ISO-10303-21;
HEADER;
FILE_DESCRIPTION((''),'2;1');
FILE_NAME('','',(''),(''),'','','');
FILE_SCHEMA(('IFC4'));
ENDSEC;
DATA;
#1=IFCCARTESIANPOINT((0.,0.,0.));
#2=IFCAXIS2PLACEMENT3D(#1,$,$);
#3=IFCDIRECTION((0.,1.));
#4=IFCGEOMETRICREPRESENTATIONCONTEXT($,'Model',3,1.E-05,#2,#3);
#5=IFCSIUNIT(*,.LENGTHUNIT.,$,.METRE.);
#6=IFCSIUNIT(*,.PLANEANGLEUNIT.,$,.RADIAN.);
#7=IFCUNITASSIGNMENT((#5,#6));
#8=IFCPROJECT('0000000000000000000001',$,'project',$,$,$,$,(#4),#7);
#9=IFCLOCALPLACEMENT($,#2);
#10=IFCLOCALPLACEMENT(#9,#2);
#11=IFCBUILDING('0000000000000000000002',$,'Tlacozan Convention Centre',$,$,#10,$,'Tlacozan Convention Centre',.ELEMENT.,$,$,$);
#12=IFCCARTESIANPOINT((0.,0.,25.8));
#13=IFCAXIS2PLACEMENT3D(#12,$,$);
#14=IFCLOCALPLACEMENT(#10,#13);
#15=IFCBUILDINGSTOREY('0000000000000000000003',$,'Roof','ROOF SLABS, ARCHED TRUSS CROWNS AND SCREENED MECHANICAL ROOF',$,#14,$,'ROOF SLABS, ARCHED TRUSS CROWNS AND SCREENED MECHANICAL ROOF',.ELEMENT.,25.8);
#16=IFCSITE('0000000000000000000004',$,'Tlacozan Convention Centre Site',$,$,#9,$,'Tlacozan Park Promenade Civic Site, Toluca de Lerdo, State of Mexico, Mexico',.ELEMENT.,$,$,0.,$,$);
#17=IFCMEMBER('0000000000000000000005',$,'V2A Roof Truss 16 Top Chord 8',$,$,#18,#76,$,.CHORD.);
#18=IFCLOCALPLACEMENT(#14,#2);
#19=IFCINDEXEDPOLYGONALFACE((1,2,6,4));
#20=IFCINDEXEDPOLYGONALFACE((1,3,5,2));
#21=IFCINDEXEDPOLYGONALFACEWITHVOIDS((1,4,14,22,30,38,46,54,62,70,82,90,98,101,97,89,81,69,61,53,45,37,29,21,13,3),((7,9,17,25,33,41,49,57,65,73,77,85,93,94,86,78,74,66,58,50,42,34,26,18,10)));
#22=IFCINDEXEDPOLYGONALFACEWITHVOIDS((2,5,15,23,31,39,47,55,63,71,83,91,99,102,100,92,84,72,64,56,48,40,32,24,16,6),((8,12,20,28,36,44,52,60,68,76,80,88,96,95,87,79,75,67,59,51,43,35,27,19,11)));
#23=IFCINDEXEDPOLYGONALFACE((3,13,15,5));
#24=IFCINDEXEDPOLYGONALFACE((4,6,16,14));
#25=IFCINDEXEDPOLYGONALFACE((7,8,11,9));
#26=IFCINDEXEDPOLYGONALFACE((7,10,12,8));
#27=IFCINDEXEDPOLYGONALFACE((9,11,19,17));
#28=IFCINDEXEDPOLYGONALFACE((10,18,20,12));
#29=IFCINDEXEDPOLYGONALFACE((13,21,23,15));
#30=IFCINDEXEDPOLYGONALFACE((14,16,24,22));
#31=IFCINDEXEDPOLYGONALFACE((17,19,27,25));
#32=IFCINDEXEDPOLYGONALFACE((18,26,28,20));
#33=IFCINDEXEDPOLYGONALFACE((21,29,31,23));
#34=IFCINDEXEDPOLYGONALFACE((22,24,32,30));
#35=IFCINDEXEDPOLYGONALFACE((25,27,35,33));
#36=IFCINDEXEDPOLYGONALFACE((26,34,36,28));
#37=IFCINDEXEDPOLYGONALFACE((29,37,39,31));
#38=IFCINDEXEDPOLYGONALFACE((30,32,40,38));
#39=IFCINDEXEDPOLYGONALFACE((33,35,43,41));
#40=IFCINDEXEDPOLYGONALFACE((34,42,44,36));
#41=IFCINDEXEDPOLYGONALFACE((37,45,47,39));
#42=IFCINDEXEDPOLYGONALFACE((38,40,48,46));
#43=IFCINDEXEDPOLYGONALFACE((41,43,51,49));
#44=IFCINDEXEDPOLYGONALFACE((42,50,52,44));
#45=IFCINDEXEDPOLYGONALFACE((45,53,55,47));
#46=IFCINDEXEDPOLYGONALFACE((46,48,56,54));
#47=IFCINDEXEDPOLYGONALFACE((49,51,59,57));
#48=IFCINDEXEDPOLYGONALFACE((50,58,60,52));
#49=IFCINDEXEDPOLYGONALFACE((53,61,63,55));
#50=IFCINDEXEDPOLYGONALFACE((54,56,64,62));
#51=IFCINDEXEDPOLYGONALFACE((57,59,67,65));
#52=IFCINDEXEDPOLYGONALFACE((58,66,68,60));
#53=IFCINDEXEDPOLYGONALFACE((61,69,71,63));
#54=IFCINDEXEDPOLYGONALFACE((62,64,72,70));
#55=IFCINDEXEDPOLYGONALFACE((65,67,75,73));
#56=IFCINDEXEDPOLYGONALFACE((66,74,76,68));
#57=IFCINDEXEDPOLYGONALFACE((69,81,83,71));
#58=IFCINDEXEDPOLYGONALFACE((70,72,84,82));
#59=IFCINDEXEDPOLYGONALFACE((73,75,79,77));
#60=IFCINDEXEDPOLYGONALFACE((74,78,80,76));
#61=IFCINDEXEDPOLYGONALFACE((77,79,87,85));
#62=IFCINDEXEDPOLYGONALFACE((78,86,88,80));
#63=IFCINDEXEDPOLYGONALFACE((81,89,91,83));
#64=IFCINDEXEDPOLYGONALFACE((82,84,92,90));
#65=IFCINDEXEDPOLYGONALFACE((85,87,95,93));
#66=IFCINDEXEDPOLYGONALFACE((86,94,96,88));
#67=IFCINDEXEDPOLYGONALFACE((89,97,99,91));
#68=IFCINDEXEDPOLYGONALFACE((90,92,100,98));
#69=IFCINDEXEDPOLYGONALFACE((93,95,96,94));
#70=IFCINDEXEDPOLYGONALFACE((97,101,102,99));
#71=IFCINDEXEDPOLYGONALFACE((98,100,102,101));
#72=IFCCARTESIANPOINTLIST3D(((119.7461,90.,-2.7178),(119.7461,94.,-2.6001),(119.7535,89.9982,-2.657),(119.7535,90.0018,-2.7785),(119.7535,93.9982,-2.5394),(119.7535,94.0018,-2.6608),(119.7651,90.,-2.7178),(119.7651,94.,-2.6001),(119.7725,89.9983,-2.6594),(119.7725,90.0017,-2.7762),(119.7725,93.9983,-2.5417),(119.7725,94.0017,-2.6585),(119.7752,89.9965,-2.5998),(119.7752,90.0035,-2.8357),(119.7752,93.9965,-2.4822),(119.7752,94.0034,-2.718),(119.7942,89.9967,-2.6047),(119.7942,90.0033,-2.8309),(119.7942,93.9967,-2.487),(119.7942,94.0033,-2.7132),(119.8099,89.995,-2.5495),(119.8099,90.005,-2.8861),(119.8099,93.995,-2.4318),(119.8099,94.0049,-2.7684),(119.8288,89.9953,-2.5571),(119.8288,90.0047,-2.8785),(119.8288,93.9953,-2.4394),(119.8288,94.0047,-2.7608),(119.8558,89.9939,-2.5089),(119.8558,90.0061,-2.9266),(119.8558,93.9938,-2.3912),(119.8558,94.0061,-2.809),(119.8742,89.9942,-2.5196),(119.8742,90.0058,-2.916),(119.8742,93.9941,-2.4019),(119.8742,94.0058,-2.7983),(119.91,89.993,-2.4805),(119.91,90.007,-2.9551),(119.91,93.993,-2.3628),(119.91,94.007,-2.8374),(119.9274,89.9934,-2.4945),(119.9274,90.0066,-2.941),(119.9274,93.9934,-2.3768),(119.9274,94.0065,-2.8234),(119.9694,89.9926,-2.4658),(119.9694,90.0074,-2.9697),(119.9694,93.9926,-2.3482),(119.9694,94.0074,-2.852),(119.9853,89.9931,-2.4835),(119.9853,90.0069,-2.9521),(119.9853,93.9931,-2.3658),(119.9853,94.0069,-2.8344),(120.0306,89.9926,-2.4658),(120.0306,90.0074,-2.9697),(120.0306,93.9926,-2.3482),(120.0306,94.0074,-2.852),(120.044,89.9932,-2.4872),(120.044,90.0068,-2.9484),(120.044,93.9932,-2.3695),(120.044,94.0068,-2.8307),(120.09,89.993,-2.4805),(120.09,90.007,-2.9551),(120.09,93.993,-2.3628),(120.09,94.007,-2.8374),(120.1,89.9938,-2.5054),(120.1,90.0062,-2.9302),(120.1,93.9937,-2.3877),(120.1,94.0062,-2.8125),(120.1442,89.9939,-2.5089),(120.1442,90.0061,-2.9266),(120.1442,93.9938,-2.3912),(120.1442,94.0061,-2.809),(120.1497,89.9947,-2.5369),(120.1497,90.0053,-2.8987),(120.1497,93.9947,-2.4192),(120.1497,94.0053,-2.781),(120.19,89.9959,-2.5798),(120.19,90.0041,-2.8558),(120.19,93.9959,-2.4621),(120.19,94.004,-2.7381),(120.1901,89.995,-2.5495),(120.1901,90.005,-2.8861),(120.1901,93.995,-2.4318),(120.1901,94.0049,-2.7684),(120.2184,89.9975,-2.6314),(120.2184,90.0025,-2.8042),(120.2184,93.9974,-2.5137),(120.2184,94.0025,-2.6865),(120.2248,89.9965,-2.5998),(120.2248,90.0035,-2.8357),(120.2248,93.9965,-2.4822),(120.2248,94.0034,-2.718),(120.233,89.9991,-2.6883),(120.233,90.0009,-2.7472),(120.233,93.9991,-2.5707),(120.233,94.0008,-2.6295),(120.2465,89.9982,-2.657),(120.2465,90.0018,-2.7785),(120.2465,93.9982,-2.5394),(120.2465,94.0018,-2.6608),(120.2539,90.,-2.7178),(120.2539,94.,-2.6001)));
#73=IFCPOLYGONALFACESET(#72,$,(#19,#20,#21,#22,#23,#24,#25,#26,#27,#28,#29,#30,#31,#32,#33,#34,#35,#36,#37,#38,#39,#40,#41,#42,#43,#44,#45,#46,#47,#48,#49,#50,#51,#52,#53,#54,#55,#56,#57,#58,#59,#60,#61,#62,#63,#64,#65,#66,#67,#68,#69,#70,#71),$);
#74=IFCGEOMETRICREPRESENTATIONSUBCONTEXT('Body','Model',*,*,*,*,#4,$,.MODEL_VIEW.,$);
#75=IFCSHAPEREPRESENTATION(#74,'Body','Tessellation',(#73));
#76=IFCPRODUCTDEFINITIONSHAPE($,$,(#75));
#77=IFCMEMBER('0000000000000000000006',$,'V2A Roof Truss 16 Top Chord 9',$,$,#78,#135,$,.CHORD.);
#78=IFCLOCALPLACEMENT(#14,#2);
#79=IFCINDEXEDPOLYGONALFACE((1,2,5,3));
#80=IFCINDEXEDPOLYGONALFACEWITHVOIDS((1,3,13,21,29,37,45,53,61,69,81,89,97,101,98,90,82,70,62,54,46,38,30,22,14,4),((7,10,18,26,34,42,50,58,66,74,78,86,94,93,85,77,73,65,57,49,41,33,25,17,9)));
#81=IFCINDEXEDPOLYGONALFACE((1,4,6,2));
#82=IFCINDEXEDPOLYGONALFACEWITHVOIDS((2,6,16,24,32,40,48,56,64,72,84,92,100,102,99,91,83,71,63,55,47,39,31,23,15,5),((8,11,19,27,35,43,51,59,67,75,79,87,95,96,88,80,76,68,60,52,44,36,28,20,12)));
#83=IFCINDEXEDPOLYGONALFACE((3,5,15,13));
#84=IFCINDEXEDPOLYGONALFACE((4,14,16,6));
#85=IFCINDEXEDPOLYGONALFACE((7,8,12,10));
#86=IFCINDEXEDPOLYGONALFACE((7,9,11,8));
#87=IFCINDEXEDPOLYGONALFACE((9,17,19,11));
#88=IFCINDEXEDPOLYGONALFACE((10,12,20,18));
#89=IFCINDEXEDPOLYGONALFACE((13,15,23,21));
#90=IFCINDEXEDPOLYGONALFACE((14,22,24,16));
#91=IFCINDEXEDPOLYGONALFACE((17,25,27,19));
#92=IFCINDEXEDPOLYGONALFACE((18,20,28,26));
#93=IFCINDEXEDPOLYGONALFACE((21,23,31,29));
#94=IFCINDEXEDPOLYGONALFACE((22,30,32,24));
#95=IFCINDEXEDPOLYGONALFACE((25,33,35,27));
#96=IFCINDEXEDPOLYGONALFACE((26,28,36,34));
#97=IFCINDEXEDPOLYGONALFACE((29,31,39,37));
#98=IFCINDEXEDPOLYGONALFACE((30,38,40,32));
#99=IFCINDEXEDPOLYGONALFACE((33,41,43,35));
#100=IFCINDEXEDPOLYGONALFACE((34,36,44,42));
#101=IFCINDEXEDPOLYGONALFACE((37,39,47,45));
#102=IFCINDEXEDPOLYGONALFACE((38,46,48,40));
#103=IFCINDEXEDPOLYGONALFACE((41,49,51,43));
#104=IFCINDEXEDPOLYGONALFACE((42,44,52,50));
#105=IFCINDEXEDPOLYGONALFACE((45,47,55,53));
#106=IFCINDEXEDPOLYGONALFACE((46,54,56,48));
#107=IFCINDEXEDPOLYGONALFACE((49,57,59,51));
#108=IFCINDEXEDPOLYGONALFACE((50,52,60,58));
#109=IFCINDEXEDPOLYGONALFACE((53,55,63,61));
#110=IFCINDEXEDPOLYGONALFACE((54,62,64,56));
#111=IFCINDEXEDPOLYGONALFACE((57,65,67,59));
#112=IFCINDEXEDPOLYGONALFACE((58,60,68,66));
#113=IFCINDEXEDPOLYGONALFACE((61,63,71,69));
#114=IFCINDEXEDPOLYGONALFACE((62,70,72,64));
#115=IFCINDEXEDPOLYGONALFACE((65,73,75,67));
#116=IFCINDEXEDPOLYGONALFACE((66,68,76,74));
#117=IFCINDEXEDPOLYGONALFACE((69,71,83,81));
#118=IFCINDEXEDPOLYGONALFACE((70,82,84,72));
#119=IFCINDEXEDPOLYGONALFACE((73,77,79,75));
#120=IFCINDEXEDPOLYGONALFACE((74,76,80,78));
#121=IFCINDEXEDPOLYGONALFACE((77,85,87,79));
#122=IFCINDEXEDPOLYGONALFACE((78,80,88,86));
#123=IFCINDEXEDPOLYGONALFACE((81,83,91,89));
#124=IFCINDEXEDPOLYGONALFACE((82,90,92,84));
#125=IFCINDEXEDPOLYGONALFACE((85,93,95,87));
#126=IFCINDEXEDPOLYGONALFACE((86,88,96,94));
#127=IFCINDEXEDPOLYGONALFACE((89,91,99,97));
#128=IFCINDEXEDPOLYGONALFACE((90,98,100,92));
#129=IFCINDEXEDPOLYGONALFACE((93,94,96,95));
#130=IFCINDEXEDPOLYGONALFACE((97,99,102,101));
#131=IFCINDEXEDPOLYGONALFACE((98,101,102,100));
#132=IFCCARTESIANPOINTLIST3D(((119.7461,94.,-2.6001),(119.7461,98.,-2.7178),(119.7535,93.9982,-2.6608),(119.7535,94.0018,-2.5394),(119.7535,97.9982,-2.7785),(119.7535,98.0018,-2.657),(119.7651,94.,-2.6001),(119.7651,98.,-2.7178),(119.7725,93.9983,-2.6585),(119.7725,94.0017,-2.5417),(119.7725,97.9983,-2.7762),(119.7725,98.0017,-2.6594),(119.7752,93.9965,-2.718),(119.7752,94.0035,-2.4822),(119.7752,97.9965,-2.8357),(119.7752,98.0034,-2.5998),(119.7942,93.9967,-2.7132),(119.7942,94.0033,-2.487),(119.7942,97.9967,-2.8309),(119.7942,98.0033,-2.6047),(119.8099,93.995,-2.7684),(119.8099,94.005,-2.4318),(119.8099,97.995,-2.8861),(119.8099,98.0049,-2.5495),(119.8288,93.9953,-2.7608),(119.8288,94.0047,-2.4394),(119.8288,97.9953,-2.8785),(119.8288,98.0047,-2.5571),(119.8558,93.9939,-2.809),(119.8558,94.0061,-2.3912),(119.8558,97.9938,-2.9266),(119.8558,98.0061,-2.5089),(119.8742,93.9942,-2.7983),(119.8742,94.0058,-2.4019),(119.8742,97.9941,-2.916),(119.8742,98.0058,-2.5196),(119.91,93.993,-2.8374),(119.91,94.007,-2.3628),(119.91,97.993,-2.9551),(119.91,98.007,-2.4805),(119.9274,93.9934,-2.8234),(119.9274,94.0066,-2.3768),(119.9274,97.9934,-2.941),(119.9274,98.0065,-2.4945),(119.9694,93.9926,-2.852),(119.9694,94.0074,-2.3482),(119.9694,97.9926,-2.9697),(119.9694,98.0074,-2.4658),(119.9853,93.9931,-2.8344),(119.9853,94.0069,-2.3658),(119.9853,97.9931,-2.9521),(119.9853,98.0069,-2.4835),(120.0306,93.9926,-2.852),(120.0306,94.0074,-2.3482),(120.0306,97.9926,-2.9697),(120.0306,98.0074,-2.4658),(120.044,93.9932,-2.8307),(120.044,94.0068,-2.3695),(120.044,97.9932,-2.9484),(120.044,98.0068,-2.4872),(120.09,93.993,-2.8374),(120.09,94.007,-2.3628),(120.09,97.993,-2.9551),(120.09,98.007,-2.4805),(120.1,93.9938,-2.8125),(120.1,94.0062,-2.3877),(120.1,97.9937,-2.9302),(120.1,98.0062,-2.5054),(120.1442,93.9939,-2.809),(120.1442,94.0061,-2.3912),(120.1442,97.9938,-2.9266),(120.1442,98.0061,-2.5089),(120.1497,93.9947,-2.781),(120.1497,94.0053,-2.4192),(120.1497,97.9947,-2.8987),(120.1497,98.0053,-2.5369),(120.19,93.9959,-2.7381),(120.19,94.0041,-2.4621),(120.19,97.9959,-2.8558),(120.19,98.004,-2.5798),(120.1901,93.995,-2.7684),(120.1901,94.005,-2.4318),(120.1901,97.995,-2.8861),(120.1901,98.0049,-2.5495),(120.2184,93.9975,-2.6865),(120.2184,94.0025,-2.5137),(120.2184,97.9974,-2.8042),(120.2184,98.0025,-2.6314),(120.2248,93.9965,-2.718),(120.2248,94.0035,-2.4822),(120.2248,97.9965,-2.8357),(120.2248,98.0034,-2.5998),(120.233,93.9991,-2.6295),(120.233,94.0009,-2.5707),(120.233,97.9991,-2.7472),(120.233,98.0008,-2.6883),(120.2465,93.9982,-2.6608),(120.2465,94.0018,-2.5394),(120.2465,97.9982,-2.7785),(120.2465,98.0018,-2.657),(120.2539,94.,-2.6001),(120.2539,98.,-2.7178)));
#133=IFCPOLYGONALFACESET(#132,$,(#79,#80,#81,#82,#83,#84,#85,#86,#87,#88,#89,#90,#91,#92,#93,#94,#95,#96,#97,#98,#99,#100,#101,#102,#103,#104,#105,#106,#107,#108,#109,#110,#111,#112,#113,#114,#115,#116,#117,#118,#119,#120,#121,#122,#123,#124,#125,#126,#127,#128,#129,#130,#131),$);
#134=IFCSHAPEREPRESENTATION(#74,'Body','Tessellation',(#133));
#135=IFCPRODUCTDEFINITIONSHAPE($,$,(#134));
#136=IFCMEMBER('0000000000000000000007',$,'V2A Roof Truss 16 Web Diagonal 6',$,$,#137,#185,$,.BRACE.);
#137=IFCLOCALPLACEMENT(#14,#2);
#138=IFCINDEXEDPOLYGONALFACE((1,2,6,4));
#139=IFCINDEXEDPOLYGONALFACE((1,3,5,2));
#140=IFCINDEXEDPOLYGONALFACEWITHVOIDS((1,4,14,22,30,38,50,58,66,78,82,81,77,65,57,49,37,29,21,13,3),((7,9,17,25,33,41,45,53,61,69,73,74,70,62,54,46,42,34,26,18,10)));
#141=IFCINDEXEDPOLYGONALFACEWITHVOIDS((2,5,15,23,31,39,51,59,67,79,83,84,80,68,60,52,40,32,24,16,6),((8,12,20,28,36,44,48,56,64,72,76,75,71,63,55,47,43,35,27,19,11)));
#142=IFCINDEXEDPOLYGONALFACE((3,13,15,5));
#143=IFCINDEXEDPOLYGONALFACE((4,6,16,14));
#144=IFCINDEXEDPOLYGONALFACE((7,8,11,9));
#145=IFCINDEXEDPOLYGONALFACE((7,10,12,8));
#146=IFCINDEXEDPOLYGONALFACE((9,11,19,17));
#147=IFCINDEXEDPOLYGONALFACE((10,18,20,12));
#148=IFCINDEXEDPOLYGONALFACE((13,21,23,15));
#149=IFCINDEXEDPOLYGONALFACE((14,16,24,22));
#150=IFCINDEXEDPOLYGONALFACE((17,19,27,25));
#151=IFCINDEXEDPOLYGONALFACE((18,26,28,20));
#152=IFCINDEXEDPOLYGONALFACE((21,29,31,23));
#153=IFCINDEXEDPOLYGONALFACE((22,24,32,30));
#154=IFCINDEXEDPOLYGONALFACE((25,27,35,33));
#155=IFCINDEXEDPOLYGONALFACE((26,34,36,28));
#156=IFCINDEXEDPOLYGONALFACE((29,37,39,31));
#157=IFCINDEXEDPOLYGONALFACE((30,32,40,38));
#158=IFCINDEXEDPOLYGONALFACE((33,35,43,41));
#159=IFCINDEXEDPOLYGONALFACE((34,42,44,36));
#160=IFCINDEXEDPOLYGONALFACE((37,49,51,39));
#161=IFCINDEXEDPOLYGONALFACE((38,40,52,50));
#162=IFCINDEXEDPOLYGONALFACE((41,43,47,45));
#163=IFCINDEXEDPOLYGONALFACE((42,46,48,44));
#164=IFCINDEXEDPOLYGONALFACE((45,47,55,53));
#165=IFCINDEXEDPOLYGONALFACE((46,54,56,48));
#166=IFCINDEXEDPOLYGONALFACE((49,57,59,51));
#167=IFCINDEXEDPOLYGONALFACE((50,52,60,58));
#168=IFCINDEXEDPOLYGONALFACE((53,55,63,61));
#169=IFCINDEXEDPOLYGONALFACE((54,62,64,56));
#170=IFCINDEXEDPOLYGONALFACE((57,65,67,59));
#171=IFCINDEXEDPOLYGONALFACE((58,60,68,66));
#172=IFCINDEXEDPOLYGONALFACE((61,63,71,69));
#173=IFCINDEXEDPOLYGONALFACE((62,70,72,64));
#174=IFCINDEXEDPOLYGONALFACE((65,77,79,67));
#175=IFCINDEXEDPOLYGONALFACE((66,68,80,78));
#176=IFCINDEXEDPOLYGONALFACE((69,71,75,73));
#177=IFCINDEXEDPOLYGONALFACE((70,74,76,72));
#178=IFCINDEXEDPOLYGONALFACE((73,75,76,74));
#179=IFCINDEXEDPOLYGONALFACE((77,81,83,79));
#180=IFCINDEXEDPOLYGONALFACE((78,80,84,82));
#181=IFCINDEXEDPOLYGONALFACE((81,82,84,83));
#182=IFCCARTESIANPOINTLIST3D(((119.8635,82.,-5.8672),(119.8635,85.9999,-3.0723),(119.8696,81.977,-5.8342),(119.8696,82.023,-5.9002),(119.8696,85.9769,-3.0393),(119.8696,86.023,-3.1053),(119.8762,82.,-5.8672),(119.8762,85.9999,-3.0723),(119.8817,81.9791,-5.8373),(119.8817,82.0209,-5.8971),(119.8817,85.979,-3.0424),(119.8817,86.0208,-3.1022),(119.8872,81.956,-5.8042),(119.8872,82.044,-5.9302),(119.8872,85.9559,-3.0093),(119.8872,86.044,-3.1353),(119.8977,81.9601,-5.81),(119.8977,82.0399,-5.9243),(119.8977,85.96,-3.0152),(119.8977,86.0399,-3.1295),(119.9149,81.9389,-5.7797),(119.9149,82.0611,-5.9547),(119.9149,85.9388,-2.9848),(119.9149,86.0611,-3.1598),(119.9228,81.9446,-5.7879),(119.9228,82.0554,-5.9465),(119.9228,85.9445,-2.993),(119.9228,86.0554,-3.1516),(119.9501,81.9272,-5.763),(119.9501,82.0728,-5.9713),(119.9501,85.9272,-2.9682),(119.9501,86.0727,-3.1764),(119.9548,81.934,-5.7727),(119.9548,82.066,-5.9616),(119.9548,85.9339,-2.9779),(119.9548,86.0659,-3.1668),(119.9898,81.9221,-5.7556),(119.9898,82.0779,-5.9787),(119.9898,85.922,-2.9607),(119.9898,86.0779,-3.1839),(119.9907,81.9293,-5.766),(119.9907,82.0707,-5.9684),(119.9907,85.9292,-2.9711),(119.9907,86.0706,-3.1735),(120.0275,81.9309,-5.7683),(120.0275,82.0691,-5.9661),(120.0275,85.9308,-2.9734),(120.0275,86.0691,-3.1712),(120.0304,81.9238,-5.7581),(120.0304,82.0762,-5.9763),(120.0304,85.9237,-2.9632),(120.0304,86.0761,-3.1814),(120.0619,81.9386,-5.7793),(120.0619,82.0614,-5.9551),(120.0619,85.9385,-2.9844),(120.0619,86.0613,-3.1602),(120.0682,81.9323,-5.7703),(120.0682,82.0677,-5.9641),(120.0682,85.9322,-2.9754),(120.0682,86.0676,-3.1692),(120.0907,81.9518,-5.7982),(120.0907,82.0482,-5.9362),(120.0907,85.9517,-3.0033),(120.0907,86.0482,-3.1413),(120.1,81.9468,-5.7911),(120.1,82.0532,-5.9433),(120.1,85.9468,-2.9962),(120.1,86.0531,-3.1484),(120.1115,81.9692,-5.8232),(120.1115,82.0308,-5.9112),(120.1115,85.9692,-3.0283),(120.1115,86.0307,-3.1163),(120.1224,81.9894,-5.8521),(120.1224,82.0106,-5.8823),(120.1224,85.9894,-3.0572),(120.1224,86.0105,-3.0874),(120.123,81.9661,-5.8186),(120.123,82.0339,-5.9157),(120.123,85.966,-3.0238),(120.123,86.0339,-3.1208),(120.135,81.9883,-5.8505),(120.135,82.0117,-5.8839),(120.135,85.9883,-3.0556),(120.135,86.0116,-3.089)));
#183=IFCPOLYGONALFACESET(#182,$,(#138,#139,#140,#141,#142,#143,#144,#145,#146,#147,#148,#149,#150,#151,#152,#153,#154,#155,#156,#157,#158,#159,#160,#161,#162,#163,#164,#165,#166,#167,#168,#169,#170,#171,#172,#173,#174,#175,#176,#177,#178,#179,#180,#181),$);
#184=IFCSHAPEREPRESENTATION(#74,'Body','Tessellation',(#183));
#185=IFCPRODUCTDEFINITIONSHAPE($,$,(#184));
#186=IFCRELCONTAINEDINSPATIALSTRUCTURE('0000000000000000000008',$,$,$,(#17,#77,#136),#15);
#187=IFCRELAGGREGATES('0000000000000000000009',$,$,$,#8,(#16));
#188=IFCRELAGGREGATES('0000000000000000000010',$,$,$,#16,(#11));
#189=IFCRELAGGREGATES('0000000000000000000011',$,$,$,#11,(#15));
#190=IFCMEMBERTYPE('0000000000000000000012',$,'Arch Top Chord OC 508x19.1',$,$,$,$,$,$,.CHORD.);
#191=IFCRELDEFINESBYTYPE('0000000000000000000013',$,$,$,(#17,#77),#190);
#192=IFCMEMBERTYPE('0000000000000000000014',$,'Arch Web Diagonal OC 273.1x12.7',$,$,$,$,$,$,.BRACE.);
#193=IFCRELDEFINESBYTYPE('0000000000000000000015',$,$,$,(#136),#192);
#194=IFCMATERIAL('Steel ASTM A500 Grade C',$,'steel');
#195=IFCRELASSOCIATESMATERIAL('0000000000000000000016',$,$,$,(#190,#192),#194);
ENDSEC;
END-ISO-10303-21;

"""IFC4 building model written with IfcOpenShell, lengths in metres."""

from ifc_helpers import new_model, si_unit, direction, frame, origin, origin_2d, place, context, subcontext, project, spatial, hollow_circle, extrude, material, material_profile, profile_set, type_object, element, save


model = new_model("IFC4")

# Units and contexts
model_context = context("Model", 3, precision=1e-05, world=origin(), true_north=direction((0.0, 1.0)))
body_context = subcontext(model_context, "Body", "Model", "MODEL_VIEW")
ifc_project = project(units=[si_unit("LENGTHUNIT", "METRE"), si_unit("PLANEANGLEUNIT", "RADIAN")], contexts=[model_context])

# Site, building, storey
site_placement = place(None, origin())
site = spatial("IfcSite", under=ifc_project, at=site_placement, Name="Tlacozan Convention Centre Site", LongName="Tlacozan Park Promenade Civic Site, Toluca de Lerdo, State of Mexico, Mexico", CompositionType="ELEMENT", RefElevation=0.0)
building_placement = place(site_placement, origin())
building = spatial("IfcBuilding", under=site, at=building_placement, Name="Tlacozan Convention Centre", LongName="Tlacozan Convention Centre", CompositionType="ELEMENT")
storey_placement = place(building_placement, frame((0.0, 0.0, 25.8)))
storey = spatial("IfcBuildingStorey", under=building, at=storey_placement, Name="Roof", Description="ROOF SLABS, ARCHED TRUSS CROWNS AND SCREENED MECHANICAL ROOF", LongName="ROOF SLABS, ARCHED TRUSS CROWNS AND SCREENED MECHANICAL ROOF", CompositionType="ELEMENT", Elevation=25.8)

# Members
ifc_material_1 = material(Name="Steel ASTM A500 Grade C", Category="steel")
ifc_material_profile_1 = material_profile(ifc_material_1, hollow_circle(Radius=0.2539, WallThickness=0.019, at=origin_2d()), Name="OC 508.0x19.1")
ifc_profile_set_1 = profile_set([ifc_material_profile_1], Name="Steel ASTM A500 Grade C")
member_type_1 = type_object("IfcMemberType", Name="Arch Top Chord OC 508x19.1", PredefinedType="CHORD", material=ifc_profile_set_1)
for number, where, z_axis, x_axis, name in (
    (1, (120.0, 90.0, -2.7178), (0.0, 0.999568, 0.029406), (-1.0, 0.0, 0.0), "V2A Roof Truss 16 Top Chord 8"),
    (2, (120.0, 94.0, -2.6001), (0.0, 0.999568, -0.029406), (-1.0, 0.0, 0.0), "V2A Roof Truss 16 Top Chord 9"),
):
    element("IfcMember", number, at=place(storey_placement, frame(where, z_axis=z_axis, x_axis=x_axis)), inside=storey, type_object=member_type_1, Name=name, PredefinedType="CHORD", context=body_context, shape_type="SweptSolid", body=[
        extrude(hollow_circle(Radius=0.2539, WallThickness=0.019, at=origin_2d()), origin(), (0.0, 0.0, 1.0), 4.0017),
    ])
ifc_material_profile_2 = material_profile(ifc_material_1, hollow_circle(Radius=0.1365, WallThickness=0.0127, at=origin_2d()), Name="OC 273.1x12.7")
ifc_profile_set_2 = profile_set([ifc_material_profile_2], Name="Steel ASTM A500 Grade C")
member_type_2 = type_object("IfcMemberType", Name="Arch Web Diagonal OC 273.1x12.7", PredefinedType="BRACE", material=ifc_profile_set_2)
member_1_placement = place(storey_placement, frame((120.0, 82.0, -5.8672), z_axis=(0.0, 0.819721, 0.572764), x_axis=(-1.0, 0.0, 0.0)))
element("IfcMember", 3, at=member_1_placement, inside=storey, type_object=member_type_2, Name="V2A Roof Truss 16 Web Diagonal 6", PredefinedType="BRACE", context=body_context, shape_type="SweptSolid", body=[
    extrude(hollow_circle(Radius=0.1365, WallThickness=0.0127, at=origin_2d()), origin(), (0.0, 0.0, 1.0), 4.8796),
])

save(model, "model.ifc")
